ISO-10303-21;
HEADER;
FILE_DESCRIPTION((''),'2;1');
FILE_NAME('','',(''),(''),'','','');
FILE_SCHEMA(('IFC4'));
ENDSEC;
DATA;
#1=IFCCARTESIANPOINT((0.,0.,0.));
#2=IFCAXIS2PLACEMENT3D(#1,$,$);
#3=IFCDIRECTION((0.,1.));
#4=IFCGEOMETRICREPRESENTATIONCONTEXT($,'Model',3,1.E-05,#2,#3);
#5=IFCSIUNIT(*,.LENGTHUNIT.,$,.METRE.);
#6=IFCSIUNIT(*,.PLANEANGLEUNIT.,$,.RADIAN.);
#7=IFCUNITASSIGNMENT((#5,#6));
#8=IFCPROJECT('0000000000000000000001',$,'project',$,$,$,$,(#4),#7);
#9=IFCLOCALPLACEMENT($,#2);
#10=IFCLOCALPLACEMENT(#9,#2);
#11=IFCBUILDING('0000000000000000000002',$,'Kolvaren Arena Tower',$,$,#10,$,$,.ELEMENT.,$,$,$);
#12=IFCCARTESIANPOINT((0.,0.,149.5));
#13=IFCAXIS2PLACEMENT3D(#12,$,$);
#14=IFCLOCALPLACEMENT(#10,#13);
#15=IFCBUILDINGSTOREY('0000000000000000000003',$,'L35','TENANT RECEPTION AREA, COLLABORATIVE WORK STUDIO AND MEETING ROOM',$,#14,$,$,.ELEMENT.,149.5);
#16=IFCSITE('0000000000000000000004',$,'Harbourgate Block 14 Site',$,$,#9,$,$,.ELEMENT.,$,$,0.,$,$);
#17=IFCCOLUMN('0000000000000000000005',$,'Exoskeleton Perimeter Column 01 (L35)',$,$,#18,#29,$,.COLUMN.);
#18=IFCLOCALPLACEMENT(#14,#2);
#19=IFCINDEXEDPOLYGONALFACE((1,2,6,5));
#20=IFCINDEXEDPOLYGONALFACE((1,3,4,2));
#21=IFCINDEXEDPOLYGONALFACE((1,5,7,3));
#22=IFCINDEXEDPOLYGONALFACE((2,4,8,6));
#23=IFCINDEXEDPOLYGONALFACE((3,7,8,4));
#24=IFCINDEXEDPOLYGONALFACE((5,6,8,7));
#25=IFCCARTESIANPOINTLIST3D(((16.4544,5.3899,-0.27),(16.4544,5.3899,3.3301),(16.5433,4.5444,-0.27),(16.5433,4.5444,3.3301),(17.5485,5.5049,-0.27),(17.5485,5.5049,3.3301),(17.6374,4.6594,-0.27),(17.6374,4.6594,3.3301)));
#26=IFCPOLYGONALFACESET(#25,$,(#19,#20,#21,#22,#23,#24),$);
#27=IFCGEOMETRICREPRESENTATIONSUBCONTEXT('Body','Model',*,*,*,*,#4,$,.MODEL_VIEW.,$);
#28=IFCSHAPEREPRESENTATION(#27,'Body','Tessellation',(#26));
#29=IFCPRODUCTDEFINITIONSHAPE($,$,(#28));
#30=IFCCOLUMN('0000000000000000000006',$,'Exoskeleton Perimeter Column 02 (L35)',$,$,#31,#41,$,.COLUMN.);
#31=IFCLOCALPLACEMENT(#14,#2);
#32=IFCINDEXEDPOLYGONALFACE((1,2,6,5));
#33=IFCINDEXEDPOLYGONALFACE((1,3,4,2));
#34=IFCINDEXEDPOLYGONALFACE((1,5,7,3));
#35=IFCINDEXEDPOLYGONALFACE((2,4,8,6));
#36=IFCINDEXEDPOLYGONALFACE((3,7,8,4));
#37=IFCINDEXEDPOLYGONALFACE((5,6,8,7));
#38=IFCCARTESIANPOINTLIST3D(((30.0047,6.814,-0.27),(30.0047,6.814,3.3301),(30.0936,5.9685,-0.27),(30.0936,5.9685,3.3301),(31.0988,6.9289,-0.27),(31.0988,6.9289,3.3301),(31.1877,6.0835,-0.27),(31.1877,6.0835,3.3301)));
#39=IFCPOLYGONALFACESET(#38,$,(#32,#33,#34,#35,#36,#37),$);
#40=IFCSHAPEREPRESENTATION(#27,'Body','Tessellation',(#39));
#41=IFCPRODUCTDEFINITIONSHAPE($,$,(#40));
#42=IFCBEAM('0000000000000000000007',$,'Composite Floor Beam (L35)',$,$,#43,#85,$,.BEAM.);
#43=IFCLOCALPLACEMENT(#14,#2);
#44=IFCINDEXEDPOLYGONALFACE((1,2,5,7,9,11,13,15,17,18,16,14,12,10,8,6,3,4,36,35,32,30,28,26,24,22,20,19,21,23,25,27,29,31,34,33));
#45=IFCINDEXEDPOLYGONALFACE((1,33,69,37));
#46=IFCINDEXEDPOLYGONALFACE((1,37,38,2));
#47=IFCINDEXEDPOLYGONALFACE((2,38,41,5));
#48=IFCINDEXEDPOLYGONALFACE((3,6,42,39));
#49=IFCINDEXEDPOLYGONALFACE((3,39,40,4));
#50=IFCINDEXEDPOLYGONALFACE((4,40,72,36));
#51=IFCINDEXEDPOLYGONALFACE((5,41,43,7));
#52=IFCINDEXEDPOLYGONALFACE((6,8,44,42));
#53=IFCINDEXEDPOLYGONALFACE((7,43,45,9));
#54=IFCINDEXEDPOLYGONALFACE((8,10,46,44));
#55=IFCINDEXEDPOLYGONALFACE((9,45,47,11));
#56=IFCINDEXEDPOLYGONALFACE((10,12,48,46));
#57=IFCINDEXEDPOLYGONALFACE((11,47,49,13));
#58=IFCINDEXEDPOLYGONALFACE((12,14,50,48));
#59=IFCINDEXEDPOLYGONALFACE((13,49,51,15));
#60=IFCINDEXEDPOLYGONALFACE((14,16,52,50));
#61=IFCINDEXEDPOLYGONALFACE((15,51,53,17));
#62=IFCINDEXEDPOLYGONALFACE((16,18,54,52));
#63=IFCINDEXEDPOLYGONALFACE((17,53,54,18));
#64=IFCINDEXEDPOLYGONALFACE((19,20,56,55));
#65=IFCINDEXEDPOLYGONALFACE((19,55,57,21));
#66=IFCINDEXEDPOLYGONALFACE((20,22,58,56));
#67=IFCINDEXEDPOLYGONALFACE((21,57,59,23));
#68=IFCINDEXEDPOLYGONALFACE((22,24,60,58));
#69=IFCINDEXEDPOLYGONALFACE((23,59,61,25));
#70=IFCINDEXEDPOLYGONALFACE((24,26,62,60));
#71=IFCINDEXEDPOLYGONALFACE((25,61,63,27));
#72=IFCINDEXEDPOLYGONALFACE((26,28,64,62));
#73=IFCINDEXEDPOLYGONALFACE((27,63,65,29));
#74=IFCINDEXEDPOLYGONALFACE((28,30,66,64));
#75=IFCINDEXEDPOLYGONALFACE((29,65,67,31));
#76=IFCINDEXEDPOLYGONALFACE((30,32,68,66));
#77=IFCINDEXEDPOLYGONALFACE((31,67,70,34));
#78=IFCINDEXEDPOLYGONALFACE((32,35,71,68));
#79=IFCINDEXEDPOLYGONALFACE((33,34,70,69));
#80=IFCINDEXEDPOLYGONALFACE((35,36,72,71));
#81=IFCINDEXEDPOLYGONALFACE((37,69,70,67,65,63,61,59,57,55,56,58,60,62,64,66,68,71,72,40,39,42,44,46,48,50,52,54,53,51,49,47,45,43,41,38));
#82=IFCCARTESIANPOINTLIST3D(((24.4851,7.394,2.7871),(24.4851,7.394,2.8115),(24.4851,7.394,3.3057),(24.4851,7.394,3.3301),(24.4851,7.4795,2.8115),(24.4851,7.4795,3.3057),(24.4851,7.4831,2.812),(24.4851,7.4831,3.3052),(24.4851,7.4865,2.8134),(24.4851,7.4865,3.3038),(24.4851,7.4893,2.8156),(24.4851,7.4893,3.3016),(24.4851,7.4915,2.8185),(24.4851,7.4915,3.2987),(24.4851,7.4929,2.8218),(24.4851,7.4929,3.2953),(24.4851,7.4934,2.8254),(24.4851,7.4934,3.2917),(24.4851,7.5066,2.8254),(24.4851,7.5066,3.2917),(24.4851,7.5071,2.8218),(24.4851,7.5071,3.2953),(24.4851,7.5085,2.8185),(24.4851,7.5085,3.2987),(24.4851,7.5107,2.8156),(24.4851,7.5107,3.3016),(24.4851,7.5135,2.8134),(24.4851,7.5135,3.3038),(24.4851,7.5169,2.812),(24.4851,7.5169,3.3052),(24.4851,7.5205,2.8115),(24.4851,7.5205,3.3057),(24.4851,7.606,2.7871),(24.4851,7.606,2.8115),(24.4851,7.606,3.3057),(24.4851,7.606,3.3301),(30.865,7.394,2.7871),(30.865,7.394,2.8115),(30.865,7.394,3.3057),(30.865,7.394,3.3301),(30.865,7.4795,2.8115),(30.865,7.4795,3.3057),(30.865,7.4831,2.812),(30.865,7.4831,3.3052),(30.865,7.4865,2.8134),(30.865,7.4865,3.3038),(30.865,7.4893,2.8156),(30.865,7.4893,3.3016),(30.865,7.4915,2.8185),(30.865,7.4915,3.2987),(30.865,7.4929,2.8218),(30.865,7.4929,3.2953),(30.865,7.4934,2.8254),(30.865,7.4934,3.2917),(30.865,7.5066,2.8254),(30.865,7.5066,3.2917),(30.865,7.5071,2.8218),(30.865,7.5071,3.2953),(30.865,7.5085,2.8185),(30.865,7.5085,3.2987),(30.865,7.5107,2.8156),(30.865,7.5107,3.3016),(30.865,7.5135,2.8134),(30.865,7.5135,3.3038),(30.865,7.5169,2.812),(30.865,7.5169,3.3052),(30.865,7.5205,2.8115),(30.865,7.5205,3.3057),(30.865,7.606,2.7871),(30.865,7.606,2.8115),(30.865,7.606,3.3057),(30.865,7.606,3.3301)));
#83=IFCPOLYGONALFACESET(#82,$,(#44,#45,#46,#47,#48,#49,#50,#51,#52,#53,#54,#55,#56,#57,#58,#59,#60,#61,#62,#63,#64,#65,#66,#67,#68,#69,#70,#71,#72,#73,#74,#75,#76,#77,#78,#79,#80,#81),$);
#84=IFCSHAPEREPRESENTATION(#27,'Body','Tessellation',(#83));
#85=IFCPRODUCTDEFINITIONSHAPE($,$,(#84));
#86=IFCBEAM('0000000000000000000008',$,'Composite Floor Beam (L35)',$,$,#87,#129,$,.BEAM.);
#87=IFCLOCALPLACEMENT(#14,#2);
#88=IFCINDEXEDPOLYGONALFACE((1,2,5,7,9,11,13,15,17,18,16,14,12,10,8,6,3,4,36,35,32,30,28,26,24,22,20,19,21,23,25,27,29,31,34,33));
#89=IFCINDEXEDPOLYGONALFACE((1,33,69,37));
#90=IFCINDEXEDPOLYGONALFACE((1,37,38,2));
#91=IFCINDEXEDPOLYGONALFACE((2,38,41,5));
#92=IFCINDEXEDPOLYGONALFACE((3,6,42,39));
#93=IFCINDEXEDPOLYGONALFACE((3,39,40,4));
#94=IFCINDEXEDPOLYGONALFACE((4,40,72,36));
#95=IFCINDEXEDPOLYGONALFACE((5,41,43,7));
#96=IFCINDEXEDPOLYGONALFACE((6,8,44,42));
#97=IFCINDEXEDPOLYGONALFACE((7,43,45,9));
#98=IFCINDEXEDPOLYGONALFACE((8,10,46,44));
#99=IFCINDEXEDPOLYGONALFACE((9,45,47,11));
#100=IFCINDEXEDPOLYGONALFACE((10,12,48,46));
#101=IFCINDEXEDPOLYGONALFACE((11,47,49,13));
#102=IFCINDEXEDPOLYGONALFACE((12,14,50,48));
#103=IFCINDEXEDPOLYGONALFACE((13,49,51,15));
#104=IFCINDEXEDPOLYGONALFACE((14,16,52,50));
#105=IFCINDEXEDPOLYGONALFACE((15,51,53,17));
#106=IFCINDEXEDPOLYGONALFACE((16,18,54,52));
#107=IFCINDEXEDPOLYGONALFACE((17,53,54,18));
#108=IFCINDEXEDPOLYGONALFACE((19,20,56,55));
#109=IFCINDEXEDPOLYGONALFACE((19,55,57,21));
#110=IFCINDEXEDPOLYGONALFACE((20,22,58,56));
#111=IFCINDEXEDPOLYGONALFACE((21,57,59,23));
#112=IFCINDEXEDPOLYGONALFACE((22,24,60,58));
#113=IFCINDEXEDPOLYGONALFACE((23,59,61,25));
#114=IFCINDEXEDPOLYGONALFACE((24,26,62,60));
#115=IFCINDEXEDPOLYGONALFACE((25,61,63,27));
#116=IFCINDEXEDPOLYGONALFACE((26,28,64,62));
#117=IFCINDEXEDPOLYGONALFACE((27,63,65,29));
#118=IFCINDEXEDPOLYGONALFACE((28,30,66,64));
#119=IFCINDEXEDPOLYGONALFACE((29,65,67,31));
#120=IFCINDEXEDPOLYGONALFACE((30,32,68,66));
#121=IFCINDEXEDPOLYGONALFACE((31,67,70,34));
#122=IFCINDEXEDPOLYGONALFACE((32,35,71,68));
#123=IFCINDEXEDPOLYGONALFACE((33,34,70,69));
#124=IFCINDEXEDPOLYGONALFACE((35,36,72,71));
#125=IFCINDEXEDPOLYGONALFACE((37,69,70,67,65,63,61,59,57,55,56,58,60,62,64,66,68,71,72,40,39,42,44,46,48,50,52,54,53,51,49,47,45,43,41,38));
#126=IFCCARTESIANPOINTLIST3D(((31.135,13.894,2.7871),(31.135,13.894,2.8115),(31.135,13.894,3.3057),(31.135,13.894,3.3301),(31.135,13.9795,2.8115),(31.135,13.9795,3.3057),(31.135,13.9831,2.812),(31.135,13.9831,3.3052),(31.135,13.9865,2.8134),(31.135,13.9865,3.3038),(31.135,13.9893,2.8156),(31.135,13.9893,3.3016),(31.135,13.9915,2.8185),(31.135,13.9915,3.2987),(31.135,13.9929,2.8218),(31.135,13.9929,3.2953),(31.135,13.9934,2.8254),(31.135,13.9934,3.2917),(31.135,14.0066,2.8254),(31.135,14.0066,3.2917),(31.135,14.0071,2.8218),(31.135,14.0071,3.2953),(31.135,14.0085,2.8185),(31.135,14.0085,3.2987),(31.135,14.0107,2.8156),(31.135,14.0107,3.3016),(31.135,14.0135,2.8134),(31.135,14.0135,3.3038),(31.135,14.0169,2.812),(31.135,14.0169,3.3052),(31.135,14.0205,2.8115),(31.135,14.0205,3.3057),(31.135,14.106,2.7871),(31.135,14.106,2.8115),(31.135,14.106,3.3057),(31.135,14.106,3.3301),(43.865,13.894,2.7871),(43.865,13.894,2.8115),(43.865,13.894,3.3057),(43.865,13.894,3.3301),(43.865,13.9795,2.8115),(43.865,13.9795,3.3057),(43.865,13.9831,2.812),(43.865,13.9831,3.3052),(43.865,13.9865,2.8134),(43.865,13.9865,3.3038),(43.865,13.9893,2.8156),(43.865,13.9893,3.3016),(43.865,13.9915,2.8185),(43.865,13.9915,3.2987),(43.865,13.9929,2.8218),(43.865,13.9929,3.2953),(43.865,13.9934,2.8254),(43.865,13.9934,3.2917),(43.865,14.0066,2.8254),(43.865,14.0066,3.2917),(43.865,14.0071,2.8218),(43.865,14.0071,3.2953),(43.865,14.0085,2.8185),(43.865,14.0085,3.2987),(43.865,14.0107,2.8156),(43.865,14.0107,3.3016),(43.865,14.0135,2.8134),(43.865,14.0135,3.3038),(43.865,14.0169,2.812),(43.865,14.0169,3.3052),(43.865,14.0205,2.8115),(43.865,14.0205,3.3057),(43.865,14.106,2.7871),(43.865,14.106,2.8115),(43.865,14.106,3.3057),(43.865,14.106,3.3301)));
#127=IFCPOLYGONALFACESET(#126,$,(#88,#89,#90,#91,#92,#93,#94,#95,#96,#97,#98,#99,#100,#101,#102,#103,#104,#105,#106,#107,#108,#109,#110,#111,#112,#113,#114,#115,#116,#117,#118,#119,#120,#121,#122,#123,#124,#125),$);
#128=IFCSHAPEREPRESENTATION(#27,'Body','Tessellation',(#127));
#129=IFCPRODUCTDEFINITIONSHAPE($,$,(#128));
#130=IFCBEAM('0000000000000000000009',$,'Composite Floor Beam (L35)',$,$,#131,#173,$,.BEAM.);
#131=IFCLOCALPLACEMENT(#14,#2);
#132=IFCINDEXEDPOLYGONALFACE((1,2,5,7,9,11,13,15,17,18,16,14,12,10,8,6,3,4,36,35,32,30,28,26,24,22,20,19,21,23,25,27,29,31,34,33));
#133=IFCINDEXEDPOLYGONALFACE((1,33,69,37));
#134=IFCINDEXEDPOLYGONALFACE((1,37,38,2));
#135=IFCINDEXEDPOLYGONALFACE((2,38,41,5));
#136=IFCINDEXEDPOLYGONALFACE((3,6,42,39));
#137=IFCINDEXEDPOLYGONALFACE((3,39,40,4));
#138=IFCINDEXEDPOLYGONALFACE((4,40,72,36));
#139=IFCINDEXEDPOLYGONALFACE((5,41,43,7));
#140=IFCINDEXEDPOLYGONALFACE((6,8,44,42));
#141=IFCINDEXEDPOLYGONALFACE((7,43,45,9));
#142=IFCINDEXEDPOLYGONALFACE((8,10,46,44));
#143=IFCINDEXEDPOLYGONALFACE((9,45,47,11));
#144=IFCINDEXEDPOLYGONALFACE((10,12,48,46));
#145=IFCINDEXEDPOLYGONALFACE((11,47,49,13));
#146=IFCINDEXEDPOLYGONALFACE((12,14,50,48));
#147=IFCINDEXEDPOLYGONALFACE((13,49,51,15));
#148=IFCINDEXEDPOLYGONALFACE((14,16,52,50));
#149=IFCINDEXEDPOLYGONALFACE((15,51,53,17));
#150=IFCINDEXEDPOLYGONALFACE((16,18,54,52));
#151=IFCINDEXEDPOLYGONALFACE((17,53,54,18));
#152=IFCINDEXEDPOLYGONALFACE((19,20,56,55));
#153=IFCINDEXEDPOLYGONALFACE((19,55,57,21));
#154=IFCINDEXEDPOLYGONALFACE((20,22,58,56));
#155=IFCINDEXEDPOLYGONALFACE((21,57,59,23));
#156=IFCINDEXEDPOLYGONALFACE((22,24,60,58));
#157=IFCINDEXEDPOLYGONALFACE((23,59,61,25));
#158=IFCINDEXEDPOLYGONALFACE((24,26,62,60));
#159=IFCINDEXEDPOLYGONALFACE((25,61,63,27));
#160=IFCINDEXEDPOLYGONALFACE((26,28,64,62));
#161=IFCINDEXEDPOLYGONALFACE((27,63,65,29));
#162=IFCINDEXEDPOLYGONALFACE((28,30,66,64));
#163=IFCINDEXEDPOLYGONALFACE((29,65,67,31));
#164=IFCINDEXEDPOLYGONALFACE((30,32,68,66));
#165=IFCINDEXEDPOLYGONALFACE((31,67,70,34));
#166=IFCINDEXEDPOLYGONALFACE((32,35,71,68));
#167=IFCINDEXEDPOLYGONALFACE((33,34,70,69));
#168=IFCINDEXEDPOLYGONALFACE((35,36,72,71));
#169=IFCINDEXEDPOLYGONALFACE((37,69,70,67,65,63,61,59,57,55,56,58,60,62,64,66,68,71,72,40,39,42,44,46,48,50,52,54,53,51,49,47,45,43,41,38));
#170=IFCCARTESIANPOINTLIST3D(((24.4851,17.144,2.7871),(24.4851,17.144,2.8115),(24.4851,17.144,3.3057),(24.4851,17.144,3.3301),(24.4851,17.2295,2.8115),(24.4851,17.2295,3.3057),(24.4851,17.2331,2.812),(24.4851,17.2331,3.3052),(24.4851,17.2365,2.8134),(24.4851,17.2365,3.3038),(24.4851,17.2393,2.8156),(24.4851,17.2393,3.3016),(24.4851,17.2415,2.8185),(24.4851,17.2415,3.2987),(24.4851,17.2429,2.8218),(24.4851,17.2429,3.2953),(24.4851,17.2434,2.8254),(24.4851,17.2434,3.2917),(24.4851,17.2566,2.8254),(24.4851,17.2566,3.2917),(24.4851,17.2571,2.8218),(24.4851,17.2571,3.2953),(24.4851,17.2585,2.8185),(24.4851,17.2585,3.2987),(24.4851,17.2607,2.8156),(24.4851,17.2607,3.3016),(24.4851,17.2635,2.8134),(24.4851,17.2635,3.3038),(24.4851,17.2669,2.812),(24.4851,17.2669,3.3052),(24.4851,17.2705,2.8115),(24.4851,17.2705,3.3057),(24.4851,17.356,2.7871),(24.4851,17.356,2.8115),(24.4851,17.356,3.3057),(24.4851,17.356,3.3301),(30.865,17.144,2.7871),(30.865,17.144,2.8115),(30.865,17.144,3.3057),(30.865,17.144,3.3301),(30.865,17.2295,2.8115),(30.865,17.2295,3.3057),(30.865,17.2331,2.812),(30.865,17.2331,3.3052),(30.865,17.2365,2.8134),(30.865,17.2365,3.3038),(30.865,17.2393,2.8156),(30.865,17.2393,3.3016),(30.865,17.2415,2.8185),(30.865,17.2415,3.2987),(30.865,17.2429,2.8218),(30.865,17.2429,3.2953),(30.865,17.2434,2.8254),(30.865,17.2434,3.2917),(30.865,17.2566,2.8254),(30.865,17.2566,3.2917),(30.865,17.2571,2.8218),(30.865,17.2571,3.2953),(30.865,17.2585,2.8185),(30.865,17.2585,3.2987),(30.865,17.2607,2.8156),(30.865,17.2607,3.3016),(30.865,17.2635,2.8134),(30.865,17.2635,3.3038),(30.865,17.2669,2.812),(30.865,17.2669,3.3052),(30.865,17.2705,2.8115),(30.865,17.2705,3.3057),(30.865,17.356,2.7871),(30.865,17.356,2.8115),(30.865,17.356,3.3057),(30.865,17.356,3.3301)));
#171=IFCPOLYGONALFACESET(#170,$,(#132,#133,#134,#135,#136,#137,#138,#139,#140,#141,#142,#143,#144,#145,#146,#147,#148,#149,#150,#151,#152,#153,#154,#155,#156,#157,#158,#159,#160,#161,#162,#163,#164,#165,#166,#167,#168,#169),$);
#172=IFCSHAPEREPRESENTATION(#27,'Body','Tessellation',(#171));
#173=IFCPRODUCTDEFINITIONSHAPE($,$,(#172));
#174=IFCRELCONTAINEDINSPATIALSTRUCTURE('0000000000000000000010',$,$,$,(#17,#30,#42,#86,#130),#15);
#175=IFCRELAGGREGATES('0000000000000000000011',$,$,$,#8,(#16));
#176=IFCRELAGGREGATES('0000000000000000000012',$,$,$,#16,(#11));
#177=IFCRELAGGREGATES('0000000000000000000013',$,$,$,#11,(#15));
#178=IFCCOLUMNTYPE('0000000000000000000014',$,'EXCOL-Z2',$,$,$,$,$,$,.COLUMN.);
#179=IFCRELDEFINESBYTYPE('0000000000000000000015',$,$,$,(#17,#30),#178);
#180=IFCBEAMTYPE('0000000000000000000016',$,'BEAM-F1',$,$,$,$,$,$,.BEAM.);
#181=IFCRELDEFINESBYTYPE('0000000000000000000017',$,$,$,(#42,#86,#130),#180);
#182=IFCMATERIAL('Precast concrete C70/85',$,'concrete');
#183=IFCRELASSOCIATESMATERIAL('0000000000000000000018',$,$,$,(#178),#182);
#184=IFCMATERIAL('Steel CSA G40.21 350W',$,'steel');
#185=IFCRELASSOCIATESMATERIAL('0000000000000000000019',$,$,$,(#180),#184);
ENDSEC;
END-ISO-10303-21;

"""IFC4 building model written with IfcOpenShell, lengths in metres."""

from ifc_helpers import new_model, si_unit, direction, frame, origin, origin_2d, place, context, subcontext, project, spatial, rectangle, i_section, extrude, material, material_profile, profile_set, type_object, element, save


model = new_model("IFC4")

# Units and contexts
model_context = context("Model", 3, precision=1e-05, world=origin(), true_north=direction((0.0, 1.0)))
body_context = subcontext(model_context, "Body", "Model", "MODEL_VIEW")
ifc_project = project(units=[si_unit("LENGTHUNIT", "METRE"), si_unit("PLANEANGLEUNIT", "RADIAN")], contexts=[model_context])

# Site, building, storey
site_placement = place(None, origin())
site = spatial("IfcSite", under=ifc_project, at=site_placement, Name="Harbourgate Block 14 Site", CompositionType="ELEMENT", RefElevation=0.0)
building_placement = place(site_placement, origin())
building = spatial("IfcBuilding", under=site, at=building_placement, Name="Kolvaren Arena Tower", CompositionType="ELEMENT")
storey_placement = place(building_placement, frame((0.0, 0.0, 149.5)))
storey = spatial("IfcBuildingStorey", under=building, at=storey_placement, Name="L35", Description="TENANT RECEPTION AREA, COLLABORATIVE WORK STUDIO AND MEETING ROOM", CompositionType="ELEMENT", Elevation=149.5)

# Columns
ifc_material_1 = material(Name="Precast concrete C70/85", Category="concrete")
ifc_material_profile_1 = material_profile(ifc_material_1, rectangle(XDim=1.1001, YDim=0.8501, at=origin_2d()), Name="RC-1100x850")
ifc_profile_set_1 = profile_set([ifc_material_profile_1], Name="Precast concrete C70/85")
column_type = type_object("IfcColumnType", Name="EXCOL-Z2", PredefinedType="COLUMN", material=ifc_profile_set_1)
for number, where, z_axis, x_axis, name in (
    (1, (17.0459, 5.0247, -0.27), (0.0, 0.0, 1.0), (0.994522, 0.104528, 0.0), "Exoskeleton Perimeter Column 01 (L35)"),
    (2, (30.5962, 6.4487, -0.27), (0.0, 0.0, 1.0), (0.994522, 0.104528, 0.0), "Exoskeleton Perimeter Column 02 (L35)"),
):
    element("IfcColumn", number, at=place(storey_placement, frame(where, z_axis=z_axis, x_axis=x_axis)), inside=storey, type_object=column_type, Name=name, PredefinedType="COLUMN", context=body_context, shape_type="SweptSolid", body=[
        extrude(rectangle(XDim=1.1001, YDim=0.8501, at=origin_2d()), origin(), (0.0, 0.0, 1.0), 3.6001),
    ])

# Beams
ifc_material_2 = material(Name="Steel CSA G40.21 350W", Category="steel")
ifc_material_profile_2 = material_profile(ifc_material_2, i_section(OverallWidth=0.2119, OverallDepth=0.543, WebThickness=0.0132, FlangeThickness=0.0244, FilletRadius=0.0139, at=origin_2d()), Name="W530x150")
ifc_profile_set_2 = profile_set([ifc_material_profile_2], Name="Steel CSA G40.21 350W")
beam_type_1 = type_object("IfcBeamType", Name="BEAM-F1", PredefinedType="BEAM", material=ifc_profile_set_2)
beam_1_placement = place(storey_placement, frame((24.4851, 7.5, 3.0586), z_axis=(1.0, 0.0, 0.0), x_axis=(0.0, 1.0, 0.0)))
element("IfcBeam", 3, at=beam_1_placement, inside=storey, type_object=beam_type_1, Name="Composite Floor Beam (L35)", PredefinedType="BEAM", context=body_context, shape_type="SweptSolid", body=[
    extrude(i_section(OverallWidth=0.2119, OverallDepth=0.543, WebThickness=0.0132, FlangeThickness=0.0244, FilletRadius=0.0139, at=origin_2d()), origin(), (0.0, 0.0, 1.0), 6.3799),
])
beam_2_placement = place(storey_placement, frame((31.135, 14.0, 3.0586), z_axis=(1.0, 0.0, 0.0), x_axis=(0.0, 1.0, 0.0)))
element("IfcBeam", 4, at=beam_2_placement, inside=storey, type_object=beam_type_1, Name="Composite Floor Beam (L35)", PredefinedType="BEAM", context=body_context, shape_type="SweptSolid", body=[
    extrude(i_section(OverallWidth=0.2119, OverallDepth=0.543, WebThickness=0.0132, FlangeThickness=0.0244, FilletRadius=0.0139, at=origin_2d()), origin(), (0.0, 0.0, 1.0), 12.73),
])
beam_3_placement = place(storey_placement, frame((24.4851, 17.25, 3.0586), z_axis=(1.0, 0.0, 0.0), x_axis=(0.0, 1.0, 0.0)))
element("IfcBeam", 5, at=beam_3_placement, inside=storey, type_object=beam_type_1, Name="Composite Floor Beam (L35)", PredefinedType="BEAM", context=body_context, shape_type="SweptSolid", body=[
    extrude(i_section(OverallWidth=0.2119, OverallDepth=0.543, WebThickness=0.0132, FlangeThickness=0.0244, FilletRadius=0.0139, at=origin_2d()), origin(), (0.0, 0.0, 1.0), 6.3799),
])

save(model, "model.ifc")
